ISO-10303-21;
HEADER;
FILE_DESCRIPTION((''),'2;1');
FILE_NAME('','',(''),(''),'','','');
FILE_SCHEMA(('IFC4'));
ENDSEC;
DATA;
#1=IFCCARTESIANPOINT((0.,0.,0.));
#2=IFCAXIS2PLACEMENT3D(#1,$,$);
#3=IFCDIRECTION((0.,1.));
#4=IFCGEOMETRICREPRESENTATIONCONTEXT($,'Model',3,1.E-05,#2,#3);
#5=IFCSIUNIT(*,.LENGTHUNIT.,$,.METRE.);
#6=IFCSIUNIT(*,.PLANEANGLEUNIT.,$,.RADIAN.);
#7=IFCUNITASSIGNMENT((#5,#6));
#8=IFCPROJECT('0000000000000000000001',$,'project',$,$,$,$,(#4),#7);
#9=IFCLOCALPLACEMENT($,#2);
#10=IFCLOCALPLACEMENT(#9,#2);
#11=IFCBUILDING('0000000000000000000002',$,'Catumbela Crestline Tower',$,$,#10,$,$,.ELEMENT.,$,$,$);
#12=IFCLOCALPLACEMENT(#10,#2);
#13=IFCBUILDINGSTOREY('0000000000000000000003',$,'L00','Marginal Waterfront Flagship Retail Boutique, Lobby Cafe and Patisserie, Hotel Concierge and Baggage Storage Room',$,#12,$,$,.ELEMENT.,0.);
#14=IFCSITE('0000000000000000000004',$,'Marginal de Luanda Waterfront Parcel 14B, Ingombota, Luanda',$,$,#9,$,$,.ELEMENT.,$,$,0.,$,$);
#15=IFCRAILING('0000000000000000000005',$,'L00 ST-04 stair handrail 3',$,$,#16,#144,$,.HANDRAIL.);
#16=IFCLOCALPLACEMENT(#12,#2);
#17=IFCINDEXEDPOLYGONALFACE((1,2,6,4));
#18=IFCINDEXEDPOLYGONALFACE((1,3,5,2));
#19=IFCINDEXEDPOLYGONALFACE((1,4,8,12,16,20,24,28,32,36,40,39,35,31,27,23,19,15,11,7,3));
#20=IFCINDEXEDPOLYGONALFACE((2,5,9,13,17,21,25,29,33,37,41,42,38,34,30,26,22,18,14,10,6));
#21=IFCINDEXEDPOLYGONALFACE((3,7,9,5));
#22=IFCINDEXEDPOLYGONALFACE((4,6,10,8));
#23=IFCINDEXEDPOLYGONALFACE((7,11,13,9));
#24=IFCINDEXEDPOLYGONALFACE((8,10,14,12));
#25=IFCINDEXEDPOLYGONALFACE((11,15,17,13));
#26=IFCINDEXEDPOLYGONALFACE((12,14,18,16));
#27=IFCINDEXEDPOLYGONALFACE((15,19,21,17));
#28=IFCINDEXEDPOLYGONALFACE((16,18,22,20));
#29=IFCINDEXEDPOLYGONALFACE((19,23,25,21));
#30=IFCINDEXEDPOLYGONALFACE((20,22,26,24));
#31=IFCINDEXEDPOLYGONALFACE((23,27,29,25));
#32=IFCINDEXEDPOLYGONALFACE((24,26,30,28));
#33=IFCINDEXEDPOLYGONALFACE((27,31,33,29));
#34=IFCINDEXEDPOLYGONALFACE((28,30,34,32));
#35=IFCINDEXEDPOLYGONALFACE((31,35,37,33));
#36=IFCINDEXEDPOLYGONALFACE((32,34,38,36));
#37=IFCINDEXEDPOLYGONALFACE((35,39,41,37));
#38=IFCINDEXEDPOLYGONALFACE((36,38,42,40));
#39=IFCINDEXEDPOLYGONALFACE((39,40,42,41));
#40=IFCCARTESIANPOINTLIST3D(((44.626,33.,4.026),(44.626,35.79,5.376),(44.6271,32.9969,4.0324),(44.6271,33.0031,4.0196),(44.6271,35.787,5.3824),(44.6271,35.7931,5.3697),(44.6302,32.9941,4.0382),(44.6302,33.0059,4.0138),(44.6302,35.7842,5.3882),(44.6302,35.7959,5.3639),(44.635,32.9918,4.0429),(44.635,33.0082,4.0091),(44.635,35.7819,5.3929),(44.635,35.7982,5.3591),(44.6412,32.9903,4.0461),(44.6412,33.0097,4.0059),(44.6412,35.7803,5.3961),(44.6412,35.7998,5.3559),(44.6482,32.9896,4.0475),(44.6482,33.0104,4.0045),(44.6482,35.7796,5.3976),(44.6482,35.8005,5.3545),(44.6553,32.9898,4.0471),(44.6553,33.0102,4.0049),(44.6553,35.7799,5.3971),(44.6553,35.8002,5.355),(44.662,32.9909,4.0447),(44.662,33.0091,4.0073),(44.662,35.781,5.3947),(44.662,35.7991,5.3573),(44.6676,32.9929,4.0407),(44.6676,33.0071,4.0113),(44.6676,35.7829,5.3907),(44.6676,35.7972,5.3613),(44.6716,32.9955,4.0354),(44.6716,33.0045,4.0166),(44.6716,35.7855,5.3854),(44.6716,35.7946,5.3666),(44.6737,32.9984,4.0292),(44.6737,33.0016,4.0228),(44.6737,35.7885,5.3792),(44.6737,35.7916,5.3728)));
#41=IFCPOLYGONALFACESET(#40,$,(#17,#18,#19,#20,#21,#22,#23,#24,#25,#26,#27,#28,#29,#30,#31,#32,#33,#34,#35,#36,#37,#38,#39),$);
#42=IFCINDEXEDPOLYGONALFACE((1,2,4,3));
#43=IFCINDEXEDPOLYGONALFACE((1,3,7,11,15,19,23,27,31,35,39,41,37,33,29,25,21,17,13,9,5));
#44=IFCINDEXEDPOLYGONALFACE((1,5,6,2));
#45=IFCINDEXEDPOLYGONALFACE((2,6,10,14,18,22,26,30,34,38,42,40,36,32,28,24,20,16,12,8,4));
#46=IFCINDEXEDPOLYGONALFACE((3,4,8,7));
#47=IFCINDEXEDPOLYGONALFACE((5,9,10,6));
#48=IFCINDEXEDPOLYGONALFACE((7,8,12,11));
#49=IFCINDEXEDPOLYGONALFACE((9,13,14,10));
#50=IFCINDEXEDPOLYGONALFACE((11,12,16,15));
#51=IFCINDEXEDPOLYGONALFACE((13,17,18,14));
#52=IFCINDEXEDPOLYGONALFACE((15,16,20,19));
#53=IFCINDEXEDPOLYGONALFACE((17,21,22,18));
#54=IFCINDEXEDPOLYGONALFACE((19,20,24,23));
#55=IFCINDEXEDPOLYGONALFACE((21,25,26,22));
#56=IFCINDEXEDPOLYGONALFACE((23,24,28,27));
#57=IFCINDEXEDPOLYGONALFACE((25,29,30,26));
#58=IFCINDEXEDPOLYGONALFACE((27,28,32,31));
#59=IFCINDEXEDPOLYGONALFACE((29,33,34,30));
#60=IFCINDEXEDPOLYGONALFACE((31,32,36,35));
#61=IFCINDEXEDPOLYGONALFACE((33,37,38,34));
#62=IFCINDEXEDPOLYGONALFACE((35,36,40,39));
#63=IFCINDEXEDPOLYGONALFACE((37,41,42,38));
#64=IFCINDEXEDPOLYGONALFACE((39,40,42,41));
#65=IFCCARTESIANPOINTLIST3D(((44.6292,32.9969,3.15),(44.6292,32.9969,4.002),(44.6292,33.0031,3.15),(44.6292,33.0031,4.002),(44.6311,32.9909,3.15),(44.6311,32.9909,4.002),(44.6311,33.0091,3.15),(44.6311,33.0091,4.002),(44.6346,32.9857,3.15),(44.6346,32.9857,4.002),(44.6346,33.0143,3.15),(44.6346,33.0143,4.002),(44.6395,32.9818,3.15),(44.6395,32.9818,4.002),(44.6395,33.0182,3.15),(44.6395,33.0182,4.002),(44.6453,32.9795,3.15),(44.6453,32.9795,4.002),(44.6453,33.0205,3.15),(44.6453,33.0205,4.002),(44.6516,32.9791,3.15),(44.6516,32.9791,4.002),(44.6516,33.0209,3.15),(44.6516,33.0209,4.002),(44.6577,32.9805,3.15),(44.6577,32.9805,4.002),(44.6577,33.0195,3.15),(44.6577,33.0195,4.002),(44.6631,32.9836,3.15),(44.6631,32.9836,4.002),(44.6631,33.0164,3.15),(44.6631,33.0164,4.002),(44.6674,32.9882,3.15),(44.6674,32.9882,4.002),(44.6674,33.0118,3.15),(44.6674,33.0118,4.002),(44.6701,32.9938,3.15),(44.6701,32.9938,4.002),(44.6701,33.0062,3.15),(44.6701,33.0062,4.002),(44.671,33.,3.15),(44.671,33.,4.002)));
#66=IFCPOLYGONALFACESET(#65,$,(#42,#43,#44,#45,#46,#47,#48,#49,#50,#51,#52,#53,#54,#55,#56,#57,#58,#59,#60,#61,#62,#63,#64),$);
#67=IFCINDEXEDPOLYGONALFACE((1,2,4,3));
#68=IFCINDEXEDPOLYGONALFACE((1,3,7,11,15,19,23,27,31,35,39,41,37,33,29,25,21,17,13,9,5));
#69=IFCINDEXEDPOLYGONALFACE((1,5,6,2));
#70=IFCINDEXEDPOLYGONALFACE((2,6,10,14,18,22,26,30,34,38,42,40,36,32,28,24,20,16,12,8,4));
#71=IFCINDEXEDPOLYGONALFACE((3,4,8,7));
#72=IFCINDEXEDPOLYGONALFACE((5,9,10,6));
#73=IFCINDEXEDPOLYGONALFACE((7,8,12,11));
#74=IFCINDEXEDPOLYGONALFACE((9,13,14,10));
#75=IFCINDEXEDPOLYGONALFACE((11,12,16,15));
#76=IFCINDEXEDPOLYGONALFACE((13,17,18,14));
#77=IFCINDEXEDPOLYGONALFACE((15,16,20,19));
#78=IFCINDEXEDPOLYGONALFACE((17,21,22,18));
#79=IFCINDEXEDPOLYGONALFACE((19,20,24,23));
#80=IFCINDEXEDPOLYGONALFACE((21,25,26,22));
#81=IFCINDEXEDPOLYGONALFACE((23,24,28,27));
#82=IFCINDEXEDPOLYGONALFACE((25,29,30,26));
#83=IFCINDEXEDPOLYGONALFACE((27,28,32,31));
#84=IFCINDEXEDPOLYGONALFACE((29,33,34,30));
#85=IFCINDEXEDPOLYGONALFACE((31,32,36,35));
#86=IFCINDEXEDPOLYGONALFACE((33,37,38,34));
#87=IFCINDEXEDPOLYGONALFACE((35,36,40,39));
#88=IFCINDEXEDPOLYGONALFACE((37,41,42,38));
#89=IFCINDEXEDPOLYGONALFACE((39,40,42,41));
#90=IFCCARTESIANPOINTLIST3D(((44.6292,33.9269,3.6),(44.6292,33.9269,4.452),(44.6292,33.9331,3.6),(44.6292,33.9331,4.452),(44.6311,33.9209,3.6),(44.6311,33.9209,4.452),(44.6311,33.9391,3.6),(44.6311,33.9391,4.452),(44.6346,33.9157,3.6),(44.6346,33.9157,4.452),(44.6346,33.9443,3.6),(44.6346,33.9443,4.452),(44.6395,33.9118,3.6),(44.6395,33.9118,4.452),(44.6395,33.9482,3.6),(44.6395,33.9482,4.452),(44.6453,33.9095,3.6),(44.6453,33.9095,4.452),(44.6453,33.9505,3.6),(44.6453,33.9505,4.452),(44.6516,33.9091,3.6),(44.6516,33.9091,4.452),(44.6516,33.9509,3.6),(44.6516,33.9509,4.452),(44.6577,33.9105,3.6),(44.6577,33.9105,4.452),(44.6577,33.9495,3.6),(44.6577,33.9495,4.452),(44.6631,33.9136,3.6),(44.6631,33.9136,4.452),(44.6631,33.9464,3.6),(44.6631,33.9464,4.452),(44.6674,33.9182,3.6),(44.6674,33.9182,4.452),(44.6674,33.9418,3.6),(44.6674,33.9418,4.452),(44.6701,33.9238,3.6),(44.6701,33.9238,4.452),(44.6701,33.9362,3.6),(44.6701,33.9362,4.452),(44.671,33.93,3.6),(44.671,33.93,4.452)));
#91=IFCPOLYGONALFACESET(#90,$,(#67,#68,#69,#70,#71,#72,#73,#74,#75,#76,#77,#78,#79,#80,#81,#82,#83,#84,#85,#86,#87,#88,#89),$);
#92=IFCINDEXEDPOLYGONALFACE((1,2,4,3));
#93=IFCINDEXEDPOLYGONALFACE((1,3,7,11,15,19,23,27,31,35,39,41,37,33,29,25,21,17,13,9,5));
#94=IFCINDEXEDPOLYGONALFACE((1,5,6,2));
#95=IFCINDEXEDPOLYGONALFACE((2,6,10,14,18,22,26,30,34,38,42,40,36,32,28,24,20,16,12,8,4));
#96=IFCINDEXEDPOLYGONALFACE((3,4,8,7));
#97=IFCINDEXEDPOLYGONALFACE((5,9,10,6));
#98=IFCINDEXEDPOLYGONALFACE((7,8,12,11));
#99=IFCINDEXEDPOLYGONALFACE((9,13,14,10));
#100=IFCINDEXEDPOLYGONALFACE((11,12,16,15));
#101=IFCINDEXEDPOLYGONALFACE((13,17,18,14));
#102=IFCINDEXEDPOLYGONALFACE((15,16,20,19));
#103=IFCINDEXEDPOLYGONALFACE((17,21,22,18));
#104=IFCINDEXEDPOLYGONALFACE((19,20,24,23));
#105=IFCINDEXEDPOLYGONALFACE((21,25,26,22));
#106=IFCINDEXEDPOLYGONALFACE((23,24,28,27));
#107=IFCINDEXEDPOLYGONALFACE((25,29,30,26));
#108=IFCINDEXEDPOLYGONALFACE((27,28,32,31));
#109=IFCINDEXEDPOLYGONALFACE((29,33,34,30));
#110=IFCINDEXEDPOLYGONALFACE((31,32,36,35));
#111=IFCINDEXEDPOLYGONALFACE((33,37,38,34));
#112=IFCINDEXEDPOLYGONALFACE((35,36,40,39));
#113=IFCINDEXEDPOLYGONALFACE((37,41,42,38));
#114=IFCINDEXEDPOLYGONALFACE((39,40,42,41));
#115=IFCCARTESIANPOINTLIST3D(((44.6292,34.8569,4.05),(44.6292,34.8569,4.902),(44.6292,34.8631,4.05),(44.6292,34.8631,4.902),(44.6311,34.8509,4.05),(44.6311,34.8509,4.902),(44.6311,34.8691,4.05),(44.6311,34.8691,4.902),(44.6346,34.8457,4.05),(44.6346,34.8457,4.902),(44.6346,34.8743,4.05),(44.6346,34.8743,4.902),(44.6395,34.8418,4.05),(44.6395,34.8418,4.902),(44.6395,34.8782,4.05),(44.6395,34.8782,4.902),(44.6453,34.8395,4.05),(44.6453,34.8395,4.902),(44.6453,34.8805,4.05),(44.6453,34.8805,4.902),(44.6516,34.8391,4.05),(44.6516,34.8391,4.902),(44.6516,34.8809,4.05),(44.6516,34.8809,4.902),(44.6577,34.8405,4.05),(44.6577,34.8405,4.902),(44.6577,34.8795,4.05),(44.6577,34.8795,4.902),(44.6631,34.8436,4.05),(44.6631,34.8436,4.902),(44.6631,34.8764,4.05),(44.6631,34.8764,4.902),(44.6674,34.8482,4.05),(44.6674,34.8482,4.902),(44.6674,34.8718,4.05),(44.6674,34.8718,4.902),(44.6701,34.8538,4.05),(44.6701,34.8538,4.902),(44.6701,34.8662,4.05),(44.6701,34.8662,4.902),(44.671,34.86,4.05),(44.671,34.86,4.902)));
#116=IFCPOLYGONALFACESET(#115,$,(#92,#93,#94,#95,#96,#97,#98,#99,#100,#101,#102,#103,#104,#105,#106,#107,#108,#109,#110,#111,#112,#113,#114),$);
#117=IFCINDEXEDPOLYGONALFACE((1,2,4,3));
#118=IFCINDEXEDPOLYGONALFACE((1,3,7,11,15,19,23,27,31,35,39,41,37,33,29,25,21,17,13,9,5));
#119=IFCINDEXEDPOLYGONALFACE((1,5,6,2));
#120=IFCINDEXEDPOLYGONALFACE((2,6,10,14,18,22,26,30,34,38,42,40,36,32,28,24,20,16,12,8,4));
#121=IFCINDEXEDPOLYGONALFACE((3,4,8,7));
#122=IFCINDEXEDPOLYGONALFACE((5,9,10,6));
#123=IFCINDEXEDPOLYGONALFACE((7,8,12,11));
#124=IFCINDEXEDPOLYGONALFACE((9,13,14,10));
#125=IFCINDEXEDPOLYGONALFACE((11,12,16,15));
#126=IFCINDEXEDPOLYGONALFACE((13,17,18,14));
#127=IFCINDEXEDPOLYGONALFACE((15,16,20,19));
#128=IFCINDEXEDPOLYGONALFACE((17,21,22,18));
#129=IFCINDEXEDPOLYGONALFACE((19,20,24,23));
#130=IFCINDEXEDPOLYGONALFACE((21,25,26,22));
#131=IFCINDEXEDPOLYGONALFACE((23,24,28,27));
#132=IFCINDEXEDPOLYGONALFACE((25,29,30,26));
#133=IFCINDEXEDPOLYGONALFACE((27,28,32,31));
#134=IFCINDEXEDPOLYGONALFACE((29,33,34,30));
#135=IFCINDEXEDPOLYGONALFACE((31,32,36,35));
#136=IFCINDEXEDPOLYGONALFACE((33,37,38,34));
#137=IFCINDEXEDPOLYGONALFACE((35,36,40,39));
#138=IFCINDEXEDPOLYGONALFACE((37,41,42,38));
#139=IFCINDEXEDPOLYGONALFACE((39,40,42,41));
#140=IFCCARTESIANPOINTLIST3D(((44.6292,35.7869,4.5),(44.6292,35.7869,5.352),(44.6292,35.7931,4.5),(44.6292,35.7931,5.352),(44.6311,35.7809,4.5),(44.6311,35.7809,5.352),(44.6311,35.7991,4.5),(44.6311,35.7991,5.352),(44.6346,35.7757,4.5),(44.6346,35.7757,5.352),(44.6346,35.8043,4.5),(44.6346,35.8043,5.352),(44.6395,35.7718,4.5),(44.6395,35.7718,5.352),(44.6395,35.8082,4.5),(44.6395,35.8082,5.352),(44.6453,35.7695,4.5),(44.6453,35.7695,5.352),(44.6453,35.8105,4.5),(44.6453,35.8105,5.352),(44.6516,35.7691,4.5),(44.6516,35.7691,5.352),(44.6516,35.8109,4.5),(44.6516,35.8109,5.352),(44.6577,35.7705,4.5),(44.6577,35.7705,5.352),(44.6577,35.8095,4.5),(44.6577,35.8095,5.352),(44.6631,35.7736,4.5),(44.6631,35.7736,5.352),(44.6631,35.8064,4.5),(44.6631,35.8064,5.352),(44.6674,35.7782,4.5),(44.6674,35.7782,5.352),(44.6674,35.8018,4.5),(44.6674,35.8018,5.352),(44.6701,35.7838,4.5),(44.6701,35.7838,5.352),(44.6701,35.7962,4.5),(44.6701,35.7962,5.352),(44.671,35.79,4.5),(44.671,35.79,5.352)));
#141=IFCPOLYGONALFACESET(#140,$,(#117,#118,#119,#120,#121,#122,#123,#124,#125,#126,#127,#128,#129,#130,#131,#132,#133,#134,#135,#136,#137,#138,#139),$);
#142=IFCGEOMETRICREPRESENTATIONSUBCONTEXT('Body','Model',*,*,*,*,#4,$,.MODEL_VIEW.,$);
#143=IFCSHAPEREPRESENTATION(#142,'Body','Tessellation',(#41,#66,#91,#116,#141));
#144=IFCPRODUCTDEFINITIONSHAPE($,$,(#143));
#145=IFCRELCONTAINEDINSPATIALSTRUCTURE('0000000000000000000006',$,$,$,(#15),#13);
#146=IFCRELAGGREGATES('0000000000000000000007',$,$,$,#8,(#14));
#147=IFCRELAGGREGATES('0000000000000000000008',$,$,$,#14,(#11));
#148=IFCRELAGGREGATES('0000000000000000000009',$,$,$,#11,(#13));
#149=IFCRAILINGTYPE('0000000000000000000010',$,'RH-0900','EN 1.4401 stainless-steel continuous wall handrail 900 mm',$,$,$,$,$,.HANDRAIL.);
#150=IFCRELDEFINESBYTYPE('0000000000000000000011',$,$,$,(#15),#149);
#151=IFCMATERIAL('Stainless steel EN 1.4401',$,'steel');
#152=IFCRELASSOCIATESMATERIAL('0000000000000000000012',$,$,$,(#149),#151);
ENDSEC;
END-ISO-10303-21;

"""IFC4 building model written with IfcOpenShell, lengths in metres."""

from ifc_helpers import new_model, si_unit, direction, frame, origin, origin_2d, place, context, subcontext, project, spatial, circle, extrude, material, type_object, element, save


model = new_model("IFC4")

# Units and contexts
model_context = context("Model", 3, precision=1e-05, world=origin(), true_north=direction((0.0, 1.0)))
body_context = subcontext(model_context, "Body", "Model", "MODEL_VIEW")
ifc_project = project(units=[si_unit("LENGTHUNIT", "METRE"), si_unit("PLANEANGLEUNIT", "RADIAN")], contexts=[model_context])

# Site, building, storey
site_placement = place(None, origin())
site = spatial("IfcSite", under=ifc_project, at=site_placement, Name="Marginal de Luanda Waterfront Parcel 14B, Ingombota, Luanda", CompositionType="ELEMENT", RefElevation=0.0)
building_placement = place(site_placement, origin())
building = spatial("IfcBuilding", under=site, at=building_placement, Name="Catumbela Crestline Tower", CompositionType="ELEMENT")
storey_placement = place(building_placement, origin())
storey = spatial("IfcBuildingStorey", under=building, at=storey_placement, Name="L00", Description="Marginal Waterfront Flagship Retail Boutique, Lobby Cafe and Patisserie, Hotel Concierge and Baggage Storage Room", CompositionType="ELEMENT", Elevation=0.0)

# Shared definitions
ifc_material_1 = material(Name="Stainless steel EN 1.4401", Category="steel")

# Railing
railing_type_1 = type_object("IfcRailingType", Name="RH-0900", Description="EN 1.4401 stainless-steel continuous wall handrail 900 mm", PredefinedType="HANDRAIL", material=ifc_material_1)
railing_1_placement = place(storey_placement, frame((44.65, 33.0, 3.15)))
element("IfcRailing", 1, at=railing_1_placement, inside=storey, type_object=railing_type_1, Name="L00 ST-04 stair handrail 3", PredefinedType="HANDRAIL", context=body_context, shape_type="SweptSolid", body=[
    extrude(circle(Radius=0.024, at=origin_2d()), frame((0.0, 0.0, 0.876), z_axis=(0.0, 0.900159, 0.435561), x_axis=(-1.0, 0.0, 0.0)), (0.0, 0.0, 1.0), 3.0995),
    extrude(circle(Radius=0.021, at=origin_2d()), origin(), (0.0, 0.0, 1.0), 0.852),
    extrude(circle(Radius=0.021, at=origin_2d()), frame((0.0, 0.93, 0.45)), (0.0, 0.0, 1.0), 0.852),
    extrude(circle(Radius=0.021, at=origin_2d()), frame((0.0, 1.86, 0.9)), (0.0, 0.0, 1.0), 0.852),
    extrude(circle(Radius=0.021, at=origin_2d()), frame((0.0, 2.79, 1.35)), (0.0, 0.0, 1.0), 0.852),
])

save(model, "model.ifc")
